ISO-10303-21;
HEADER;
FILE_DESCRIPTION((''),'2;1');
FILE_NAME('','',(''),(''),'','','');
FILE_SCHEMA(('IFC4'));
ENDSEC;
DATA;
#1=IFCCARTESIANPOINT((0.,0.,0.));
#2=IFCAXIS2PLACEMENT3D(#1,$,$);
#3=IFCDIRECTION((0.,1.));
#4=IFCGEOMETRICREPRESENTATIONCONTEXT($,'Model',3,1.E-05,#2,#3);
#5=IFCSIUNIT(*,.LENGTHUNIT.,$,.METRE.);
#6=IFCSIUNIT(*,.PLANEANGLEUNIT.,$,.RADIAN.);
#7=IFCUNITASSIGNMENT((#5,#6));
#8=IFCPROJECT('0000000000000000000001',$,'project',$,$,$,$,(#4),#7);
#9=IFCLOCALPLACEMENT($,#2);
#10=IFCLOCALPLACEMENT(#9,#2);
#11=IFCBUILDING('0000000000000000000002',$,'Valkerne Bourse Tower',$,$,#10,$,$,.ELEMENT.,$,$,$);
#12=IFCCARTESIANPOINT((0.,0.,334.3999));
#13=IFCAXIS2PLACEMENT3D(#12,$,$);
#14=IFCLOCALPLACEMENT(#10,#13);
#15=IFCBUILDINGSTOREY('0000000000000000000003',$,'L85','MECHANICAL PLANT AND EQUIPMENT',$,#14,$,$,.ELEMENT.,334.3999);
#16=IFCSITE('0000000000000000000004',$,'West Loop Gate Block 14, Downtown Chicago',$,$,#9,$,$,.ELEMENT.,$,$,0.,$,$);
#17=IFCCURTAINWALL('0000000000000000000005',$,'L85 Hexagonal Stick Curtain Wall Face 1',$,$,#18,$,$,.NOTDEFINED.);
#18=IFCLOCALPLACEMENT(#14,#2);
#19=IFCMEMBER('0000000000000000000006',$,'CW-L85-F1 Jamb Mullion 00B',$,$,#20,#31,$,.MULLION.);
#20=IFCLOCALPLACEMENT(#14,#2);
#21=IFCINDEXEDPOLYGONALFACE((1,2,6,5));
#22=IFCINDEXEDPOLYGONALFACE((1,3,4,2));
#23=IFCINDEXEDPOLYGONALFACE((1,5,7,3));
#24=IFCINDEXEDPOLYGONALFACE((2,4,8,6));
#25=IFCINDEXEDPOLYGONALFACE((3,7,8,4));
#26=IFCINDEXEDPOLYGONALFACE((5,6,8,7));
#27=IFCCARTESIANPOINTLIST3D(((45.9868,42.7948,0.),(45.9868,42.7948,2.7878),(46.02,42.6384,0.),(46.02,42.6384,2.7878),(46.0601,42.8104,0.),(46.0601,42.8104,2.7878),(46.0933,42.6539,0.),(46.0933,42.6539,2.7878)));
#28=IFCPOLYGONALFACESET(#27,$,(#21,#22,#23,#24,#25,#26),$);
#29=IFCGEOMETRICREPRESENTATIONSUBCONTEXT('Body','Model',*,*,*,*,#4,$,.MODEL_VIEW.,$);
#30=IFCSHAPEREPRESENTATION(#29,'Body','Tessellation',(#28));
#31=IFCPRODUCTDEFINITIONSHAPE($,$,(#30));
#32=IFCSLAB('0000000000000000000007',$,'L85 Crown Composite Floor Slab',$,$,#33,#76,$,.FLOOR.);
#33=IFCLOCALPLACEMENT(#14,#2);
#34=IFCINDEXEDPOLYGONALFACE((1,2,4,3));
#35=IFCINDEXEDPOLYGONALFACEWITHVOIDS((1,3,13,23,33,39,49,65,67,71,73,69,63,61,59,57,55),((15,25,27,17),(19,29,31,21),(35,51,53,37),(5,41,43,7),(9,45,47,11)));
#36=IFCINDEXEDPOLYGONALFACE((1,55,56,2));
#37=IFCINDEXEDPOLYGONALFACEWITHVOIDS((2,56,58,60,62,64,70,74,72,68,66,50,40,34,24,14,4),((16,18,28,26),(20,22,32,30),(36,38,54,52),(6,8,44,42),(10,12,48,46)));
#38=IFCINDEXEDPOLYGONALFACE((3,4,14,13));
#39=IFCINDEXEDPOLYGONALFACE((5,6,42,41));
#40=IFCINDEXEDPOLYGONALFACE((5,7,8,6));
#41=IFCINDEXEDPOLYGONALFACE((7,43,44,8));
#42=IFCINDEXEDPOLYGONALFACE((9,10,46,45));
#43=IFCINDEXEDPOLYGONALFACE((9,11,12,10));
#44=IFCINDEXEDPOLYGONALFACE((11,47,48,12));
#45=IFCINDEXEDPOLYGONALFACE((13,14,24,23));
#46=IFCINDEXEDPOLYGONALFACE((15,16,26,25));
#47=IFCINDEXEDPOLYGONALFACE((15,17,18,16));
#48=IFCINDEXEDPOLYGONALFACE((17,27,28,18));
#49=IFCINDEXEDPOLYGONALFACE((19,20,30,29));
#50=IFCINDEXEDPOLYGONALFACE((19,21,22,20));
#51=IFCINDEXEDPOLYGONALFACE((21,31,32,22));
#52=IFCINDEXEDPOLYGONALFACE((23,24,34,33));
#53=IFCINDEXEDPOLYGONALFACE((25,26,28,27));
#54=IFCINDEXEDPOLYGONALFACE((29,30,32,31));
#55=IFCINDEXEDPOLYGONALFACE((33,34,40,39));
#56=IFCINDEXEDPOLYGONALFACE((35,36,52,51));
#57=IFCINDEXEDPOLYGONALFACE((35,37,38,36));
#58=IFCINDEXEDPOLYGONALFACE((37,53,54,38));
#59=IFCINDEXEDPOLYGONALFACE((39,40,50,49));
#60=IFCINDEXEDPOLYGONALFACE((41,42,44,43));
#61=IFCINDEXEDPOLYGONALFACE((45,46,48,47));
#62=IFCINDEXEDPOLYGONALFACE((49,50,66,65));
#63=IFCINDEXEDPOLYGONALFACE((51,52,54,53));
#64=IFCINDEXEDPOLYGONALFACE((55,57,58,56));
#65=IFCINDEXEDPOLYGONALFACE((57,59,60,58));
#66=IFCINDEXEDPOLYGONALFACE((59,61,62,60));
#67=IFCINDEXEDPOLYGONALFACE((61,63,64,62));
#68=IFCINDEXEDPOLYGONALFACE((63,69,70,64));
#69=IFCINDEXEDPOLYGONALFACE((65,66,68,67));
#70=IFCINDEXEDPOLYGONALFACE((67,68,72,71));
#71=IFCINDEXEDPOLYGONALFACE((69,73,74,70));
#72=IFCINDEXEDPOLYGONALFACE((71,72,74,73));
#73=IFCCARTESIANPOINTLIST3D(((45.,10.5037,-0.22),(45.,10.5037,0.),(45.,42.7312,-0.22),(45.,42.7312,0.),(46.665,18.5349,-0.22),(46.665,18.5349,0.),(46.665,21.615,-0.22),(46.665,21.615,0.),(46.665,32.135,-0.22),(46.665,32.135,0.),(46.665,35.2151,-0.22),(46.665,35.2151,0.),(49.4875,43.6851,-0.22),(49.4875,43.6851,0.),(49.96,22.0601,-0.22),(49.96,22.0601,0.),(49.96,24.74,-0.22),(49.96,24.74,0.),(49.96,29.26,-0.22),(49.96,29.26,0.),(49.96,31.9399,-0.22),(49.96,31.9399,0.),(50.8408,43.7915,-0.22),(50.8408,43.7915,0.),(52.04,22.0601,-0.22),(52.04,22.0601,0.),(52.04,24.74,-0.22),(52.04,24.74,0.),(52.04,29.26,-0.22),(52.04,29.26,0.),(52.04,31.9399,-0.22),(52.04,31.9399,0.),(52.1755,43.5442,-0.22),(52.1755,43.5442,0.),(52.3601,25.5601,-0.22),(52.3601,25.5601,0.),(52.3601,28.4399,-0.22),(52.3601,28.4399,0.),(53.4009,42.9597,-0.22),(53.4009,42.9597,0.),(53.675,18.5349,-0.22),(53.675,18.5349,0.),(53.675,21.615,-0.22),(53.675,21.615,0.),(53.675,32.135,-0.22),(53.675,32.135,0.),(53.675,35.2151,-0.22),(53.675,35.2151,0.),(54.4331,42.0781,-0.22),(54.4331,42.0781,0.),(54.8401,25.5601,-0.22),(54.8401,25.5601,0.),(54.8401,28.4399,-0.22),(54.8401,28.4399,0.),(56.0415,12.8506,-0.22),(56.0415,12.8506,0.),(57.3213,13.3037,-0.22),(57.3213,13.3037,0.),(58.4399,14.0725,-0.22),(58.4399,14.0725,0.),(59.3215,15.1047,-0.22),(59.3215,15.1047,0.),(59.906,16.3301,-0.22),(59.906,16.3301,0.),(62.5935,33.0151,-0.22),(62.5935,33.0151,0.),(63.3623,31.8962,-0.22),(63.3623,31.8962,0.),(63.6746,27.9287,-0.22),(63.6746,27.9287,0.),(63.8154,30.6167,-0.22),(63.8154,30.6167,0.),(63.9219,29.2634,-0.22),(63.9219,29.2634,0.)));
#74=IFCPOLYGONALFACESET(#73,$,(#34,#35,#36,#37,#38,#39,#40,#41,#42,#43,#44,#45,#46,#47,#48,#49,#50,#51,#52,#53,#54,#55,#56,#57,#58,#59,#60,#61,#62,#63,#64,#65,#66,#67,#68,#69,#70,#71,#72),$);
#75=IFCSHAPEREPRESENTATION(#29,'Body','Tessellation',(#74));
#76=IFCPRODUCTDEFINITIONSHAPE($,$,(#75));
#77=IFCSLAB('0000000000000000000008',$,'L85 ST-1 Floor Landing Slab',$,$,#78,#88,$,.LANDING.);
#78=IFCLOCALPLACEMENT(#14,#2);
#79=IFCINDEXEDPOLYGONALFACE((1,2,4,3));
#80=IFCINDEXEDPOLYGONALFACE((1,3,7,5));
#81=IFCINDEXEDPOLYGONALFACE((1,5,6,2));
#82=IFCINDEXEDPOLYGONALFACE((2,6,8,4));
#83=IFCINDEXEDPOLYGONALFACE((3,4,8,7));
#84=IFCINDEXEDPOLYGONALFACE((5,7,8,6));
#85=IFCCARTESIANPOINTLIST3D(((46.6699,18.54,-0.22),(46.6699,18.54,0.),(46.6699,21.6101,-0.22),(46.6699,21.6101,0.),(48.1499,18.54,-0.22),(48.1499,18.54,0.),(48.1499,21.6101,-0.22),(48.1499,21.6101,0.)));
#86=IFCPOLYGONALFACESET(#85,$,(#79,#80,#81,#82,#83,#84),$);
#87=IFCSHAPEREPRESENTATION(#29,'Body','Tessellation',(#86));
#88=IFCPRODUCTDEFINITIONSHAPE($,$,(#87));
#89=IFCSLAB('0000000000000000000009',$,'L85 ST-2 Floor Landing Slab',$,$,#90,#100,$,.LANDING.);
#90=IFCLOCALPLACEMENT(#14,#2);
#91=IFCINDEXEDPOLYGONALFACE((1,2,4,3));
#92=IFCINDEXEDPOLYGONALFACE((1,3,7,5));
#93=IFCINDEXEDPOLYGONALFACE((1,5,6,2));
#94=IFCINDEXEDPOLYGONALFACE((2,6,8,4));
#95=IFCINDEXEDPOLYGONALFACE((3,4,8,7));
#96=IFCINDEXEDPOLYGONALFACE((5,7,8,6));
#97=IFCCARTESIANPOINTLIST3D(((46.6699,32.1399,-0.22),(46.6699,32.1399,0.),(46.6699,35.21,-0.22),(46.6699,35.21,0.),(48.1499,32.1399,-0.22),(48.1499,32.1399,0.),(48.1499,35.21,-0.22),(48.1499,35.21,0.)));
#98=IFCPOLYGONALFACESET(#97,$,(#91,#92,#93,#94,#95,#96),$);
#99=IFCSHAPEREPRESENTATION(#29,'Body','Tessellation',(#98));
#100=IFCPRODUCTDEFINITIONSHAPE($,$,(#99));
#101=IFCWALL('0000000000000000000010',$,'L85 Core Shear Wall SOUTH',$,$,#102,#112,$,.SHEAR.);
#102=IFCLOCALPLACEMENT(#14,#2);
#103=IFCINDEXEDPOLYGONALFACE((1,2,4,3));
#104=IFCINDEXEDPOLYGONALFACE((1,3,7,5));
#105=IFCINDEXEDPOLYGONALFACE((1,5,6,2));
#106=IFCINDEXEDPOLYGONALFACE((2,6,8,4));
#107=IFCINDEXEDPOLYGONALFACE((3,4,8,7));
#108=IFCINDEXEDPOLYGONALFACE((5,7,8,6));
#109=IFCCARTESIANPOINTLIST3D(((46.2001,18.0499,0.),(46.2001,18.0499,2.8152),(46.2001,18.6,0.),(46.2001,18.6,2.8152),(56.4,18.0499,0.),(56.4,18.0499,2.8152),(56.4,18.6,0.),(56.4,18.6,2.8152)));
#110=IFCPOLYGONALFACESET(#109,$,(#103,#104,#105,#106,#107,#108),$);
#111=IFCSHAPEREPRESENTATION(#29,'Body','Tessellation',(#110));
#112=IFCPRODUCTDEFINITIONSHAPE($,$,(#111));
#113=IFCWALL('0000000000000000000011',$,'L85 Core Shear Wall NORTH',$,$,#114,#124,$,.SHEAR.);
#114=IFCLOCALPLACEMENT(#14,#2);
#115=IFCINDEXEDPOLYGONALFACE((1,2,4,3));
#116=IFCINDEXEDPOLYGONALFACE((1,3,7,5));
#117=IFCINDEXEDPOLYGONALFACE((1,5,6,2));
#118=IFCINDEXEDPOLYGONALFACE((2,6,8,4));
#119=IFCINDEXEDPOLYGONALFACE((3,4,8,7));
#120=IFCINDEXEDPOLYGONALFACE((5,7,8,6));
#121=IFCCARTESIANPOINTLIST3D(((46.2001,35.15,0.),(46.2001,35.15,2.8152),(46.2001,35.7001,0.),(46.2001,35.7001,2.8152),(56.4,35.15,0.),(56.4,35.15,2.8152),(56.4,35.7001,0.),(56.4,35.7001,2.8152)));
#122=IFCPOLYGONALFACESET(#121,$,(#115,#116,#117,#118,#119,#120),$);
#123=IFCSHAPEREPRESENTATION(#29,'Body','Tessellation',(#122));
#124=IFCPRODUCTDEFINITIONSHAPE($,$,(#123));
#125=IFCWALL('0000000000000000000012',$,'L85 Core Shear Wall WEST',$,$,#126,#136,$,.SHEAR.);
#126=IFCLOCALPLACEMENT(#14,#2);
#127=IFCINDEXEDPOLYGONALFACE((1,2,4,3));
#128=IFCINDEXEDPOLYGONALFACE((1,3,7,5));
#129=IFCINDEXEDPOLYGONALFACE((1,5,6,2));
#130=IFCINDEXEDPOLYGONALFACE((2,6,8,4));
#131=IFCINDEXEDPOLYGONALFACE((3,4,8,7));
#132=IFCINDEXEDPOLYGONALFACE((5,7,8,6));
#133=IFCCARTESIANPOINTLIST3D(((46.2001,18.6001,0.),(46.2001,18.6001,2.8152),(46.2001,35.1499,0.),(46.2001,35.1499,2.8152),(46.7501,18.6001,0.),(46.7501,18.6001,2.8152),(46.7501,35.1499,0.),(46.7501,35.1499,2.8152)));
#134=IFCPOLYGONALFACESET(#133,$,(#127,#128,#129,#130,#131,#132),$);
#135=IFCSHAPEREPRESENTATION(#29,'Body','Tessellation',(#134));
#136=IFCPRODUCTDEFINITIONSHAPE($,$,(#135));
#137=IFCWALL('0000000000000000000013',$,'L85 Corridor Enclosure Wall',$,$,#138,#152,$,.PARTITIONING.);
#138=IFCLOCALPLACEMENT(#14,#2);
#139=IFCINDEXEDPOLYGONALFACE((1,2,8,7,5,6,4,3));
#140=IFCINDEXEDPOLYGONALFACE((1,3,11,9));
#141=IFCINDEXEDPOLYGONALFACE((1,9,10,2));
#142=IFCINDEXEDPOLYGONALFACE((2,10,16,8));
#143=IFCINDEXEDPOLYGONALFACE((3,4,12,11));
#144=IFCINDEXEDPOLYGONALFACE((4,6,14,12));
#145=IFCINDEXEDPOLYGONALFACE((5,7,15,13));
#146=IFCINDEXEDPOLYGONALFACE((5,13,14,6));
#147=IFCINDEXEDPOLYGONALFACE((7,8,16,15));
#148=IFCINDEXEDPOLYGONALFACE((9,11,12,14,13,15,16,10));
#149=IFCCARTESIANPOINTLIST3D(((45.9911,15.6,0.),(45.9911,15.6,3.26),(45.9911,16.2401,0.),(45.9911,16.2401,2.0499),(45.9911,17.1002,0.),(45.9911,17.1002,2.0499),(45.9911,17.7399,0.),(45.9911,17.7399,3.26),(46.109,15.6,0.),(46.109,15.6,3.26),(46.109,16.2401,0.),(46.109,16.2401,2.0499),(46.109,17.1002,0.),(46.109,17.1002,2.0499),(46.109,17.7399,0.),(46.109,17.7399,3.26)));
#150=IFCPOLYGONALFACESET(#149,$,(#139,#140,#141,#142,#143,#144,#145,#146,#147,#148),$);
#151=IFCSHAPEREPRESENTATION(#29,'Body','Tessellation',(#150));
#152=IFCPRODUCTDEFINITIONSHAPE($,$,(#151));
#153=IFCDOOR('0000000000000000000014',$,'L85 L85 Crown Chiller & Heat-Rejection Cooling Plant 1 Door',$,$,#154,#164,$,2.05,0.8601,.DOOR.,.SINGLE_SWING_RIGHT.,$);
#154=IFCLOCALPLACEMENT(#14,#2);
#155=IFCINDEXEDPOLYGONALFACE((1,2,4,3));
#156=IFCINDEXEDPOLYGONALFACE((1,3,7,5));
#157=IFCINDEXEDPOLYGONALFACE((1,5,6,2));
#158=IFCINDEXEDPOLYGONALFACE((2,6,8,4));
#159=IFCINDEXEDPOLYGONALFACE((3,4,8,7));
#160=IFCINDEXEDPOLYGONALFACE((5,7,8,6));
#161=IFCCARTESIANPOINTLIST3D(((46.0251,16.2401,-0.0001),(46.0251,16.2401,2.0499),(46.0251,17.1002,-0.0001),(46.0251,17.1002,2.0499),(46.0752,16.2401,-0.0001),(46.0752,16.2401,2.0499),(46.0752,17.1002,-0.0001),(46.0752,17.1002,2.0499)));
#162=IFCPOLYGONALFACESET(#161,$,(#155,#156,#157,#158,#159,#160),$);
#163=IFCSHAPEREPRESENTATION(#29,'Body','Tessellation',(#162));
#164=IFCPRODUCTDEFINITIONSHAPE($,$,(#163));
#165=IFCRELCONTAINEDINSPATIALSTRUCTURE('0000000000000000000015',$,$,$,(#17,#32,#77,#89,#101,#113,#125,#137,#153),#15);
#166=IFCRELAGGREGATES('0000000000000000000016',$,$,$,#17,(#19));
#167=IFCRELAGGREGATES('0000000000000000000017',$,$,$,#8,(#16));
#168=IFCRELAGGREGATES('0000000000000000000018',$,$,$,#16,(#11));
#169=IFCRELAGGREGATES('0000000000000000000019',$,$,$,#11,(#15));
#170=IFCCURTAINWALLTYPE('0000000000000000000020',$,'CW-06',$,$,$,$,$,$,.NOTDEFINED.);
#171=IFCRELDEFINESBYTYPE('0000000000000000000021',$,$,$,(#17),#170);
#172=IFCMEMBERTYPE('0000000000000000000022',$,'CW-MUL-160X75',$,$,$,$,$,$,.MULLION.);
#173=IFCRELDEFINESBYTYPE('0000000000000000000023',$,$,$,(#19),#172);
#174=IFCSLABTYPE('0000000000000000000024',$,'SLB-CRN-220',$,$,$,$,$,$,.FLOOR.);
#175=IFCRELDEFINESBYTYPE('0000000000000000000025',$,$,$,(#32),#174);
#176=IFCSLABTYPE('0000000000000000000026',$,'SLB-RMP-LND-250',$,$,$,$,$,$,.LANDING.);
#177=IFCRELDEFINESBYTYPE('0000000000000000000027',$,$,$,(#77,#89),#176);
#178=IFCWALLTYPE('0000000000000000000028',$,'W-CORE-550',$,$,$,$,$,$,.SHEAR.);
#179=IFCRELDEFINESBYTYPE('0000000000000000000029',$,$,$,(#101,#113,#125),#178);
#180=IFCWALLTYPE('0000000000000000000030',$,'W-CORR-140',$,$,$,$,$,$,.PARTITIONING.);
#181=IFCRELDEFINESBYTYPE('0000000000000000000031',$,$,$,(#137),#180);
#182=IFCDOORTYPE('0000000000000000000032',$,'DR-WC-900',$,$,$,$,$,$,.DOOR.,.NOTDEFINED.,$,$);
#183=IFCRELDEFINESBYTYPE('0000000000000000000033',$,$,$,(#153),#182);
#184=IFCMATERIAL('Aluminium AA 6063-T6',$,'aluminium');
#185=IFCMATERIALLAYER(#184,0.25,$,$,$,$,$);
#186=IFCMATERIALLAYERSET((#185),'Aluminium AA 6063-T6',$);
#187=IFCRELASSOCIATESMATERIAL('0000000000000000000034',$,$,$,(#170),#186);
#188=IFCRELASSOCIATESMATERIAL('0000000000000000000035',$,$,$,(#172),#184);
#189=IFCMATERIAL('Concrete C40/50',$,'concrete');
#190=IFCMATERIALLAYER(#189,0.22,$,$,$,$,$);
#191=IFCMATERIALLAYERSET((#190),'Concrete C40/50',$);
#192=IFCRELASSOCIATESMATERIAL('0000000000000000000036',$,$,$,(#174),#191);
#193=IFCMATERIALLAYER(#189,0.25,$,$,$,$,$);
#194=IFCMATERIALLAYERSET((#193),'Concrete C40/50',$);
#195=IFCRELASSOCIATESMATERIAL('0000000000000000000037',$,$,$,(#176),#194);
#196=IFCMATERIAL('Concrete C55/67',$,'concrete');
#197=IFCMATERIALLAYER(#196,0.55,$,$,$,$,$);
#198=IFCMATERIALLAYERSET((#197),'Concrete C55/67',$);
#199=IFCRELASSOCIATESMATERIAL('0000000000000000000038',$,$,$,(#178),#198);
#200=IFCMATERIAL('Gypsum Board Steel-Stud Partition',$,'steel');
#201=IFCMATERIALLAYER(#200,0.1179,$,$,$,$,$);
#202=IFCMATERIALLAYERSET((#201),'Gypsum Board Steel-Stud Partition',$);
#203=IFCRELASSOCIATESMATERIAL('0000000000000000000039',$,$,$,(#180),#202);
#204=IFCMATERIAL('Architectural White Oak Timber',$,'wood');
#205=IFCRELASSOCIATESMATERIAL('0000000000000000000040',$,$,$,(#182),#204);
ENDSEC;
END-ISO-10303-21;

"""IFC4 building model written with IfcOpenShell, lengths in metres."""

from ifc_helpers import new_model, si_unit, direction, frame, frame_2d, origin, origin_2d, place, context, subcontext, project, spatial, polyline, rectangle, outline, extrude, material, layer, layer_set, material_profile, profile_set, type_object, element, fill, aggregate, save


model = new_model("IFC4")

# Units and contexts
model_context = context("Model", 3, precision=1e-05, world=origin(), true_north=direction((0.0, 1.0)))
body_context = subcontext(model_context, "Body", "Model", "MODEL_VIEW")
ifc_project = project(units=[si_unit("LENGTHUNIT", "METRE"), si_unit("PLANEANGLEUNIT", "RADIAN")], contexts=[model_context])

# Site, building, storey
site_placement = place(None, origin())
site = spatial("IfcSite", under=ifc_project, at=site_placement, Name="West Loop Gate Block 14, Downtown Chicago", CompositionType="ELEMENT", RefElevation=0.0)
building_placement = place(site_placement, origin())
building = spatial("IfcBuilding", under=site, at=building_placement, Name="Valkerne Bourse Tower", CompositionType="ELEMENT")
storey_placement = place(building_placement, frame((0.0, 0.0, 334.3999)))
storey = spatial("IfcBuildingStorey", under=building, at=storey_placement, Name="L85", Description="MECHANICAL PLANT AND EQUIPMENT", CompositionType="ELEMENT", Elevation=334.3999)

# Curtain wall, member
ifc_material_1 = material(Name="Aluminium AA 6063-T6", Category="aluminium")
ifc_layer_1 = layer(ifc_material_1, 0.25)
ifc_layer_set_1 = layer_set([ifc_layer_1], Name="Aluminium AA 6063-T6")
curtain_wall_type = type_object("IfcCurtainWallType", Name="CW-06", PredefinedType="NOTDEFINED", material=ifc_layer_set_1)
curtain_wall_placement = place(storey_placement, origin())
curtain_wall = element("IfcCurtainWall", 1, at=curtain_wall_placement, inside=storey, type_object=curtain_wall_type, Name="L85 Hexagonal Stick Curtain Wall Face 1", PredefinedType="NOTDEFINED")
ifc_material_profile = material_profile(ifc_material_1, rectangle(XDim=0.075, YDim=0.1599, at=origin_2d()), Name="CWM-75X160")
ifc_profile_set = profile_set([ifc_material_profile], Name="Aluminium AA 6063-T6")
member_type = type_object("IfcMemberType", Name="CW-MUL-160X75", PredefinedType="MULLION", material=ifc_profile_set)
member_placement = place(storey_placement, frame((46.04, 42.7244, 0.0), z_axis=(0.0, 0.0, 1.0), x_axis=(-0.978148, -0.207909, 0.0)))
member = element("IfcMember", 2, at=member_placement, type_object=member_type, Name="CW-L85-F1 Jamb Mullion 00B", PredefinedType="MULLION", context=body_context, shape_type="SweptSolid", body=[
    extrude(rectangle(XDim=0.075, YDim=0.1599, at=origin_2d()), origin(), (0.0, 0.0, 1.0), 2.7878),
])
aggregate(curtain_wall, [member])

# Slabs
ifc_material_2 = material(Name="Concrete C40/50", Category="concrete")
ifc_layer_2 = layer(ifc_material_2, 0.22)
ifc_layer_set_2 = layer_set([ifc_layer_2], Name="Concrete C40/50")
slab_type_1 = type_object("IfcSlabType", Name="SLB-CRN-220", PredefinedType="FLOOR", material=ifc_layer_set_2)
slab_1_placement = place(storey_placement, frame((0.0, 0.0, -0.22)))
element("IfcSlab", 3, at=slab_1_placement, inside=storey, type_object=slab_type_1, Name="L85 Crown Composite Floor Slab", PredefinedType="FLOOR", context=body_context, shape_type="SweptSolid", body=[
    extrude(outline(polyline([(49.4875, 43.6851), (50.8408, 43.7915), (52.1755, 43.5442), (53.4009, 42.9597), (54.4331, 42.0781), (62.5935, 33.0151), (63.3623, 31.8962), (63.8154, 30.6167), (63.9219, 29.2634), (63.6746, 27.9287), (59.906, 16.3301), (59.3215, 15.1047), (58.4399, 14.0725), (57.3213, 13.3037), (56.0415, 12.8506), (45.0, 10.5037), (45.0, 42.7312), (49.4875, 43.6851)]), holes=[polyline([(53.675, 18.5349), (46.665, 18.5349), (46.665, 21.615), (53.675, 21.615), (53.675, 18.5349)]), polyline([(46.665, 32.135), (46.665, 35.2151), (53.675, 35.2151), (53.675, 32.135), (46.665, 32.135)]), polyline([(52.04, 22.0601), (49.96, 22.0601), (49.96, 24.74), (52.04, 24.74), (52.04, 22.0601)]), polyline([(49.96, 29.26), (49.96, 31.9399), (52.04, 31.9399), (52.04, 29.26), (49.96, 29.26)]), polyline([(54.8401, 25.5601), (52.3601, 25.5601), (52.3601, 28.4399), (54.8401, 28.4399), (54.8401, 25.5601)])]), origin(), (0.0, 0.0, 1.0), 0.22),
])
ifc_layer_3 = layer(ifc_material_2, 0.25)
ifc_layer_set_3 = layer_set([ifc_layer_3], Name="Concrete C40/50")
slab_type_2 = type_object("IfcSlabType", Name="SLB-RMP-LND-250", PredefinedType="LANDING", material=ifc_layer_set_3)
slab_2_placement = place(storey_placement, frame((0.0, 0.0, -0.22)))
element("IfcSlab", 4, at=slab_2_placement, inside=storey, type_object=slab_type_2, Name="L85 ST-1 Floor Landing Slab", PredefinedType="LANDING", context=body_context, shape_type="SweptSolid", body=[
    extrude(outline(polyline([(46.6699, 18.54), (48.1499, 18.54), (48.1499, 21.6101), (46.6699, 21.6101), (46.6699, 18.54)])), origin(), (0.0, 0.0, 1.0), 0.22),
])
slab_3_placement = place(storey_placement, frame((0.0, 0.0, -0.22)))
element("IfcSlab", 5, at=slab_3_placement, inside=storey, type_object=slab_type_2, Name="L85 ST-2 Floor Landing Slab", PredefinedType="LANDING", context=body_context, shape_type="SweptSolid", body=[
    extrude(outline(polyline([(46.6699, 32.1399), (48.1499, 32.1399), (48.1499, 35.21), (46.6699, 35.21), (46.6699, 32.1399)])), origin(), (0.0, 0.0, 1.0), 0.22),
])

# Walls
ifc_material_3 = material(Name="Concrete C55/67", Category="concrete")
ifc_layer_4 = layer(ifc_material_3, 0.55)
ifc_layer_set_4 = layer_set([ifc_layer_4], Name="Concrete C55/67")
wall_type_1 = type_object("IfcWallType", Name="W-CORE-550", PredefinedType="SHEAR", material=ifc_layer_set_4)
for number, where, z_axis, x_axis, name in (
    (6, (46.2, 18.325, 0.0), (0.0, 0.0, 1.0), (1.0, 0.0, 0.0), "L85 Core Shear Wall SOUTH"),
    (7, (46.2, 35.425, 0.0), (0.0, 0.0, 1.0), (1.0, 0.0, 0.0), "L85 Core Shear Wall NORTH"),
):
    element("IfcWall", number, at=place(storey_placement, frame(where, z_axis=z_axis, x_axis=x_axis)), inside=storey, type_object=wall_type_1, Name=name, PredefinedType="SHEAR", context=body_context, shape_type="SweptSolid", body=[
        extrude(rectangle(XDim=10.2, YDim=0.55, at=frame_2d((5.1001, 0.0))), origin(), (0.0, 0.0, 1.0), 2.8152),
    ])
wall_1_placement = place(storey_placement, frame((46.4751, 18.6001, 0.0), z_axis=(0.0, 0.0, 1.0), x_axis=(0.0, 1.0, 0.0)))
element("IfcWall", 8, at=wall_1_placement, inside=storey, type_object=wall_type_1, Name="L85 Core Shear Wall WEST", PredefinedType="SHEAR", context=body_context, shape_type="SweptSolid", body=[
    extrude(rectangle(XDim=16.5498, YDim=0.55, at=frame_2d((8.2749, 0.0))), origin(), (0.0, 0.0, 1.0), 2.8152),
])

# Wall, opening, door
ifc_material_4 = material(Name="Gypsum Board Steel-Stud Partition", Category="steel")
ifc_layer_5 = layer(ifc_material_4, 0.1179)
ifc_layer_set_5 = layer_set([ifc_layer_5], Name="Gypsum Board Steel-Stud Partition")
wall_type_2 = type_object("IfcWallType", Name="W-CORR-140", PredefinedType="PARTITIONING", material=ifc_layer_set_5)
wall_2_placement = place(storey_placement, frame((46.05, 15.6001, 0.0), z_axis=(0.0, 0.0, 1.0), x_axis=(0.0, 1.0, 0.0)))
wall_2 = element("IfcWall", 9, at=wall_2_placement, inside=storey, type_object=wall_type_2, Name="L85 Corridor Enclosure Wall", PredefinedType="PARTITIONING", context=body_context, shape_type="SweptSolid", body=[
    extrude(rectangle(XDim=2.1399, YDim=0.1179, at=frame_2d((1.0698, 0.0))), origin(), (0.0, 0.0, 1.0), 3.26),
])
opening_1_placement = place(wall_2_placement, frame((0.6399, 0.0, 0.0)))
opening_1 = element("IfcOpeningElement", 10, at=opening_1_placement, cuts=wall_2, PredefinedType="OPENING", context=body_context, shape_type="SweptSolid", body=[
    extrude(rectangle(XDim=0.8601, YDim=2.05, at=frame_2d((0.4302, 1.0249))), frame((0.0, 0.0688, 0.0), z_axis=(0.0, -1.0, 0.0), x_axis=(1.0, 0.0, 0.0)), (0.0, 0.0, 1.0), 0.1379),
])
ifc_material_5 = material(Name="Architectural White Oak Timber", Category="wood")
door_type_1 = type_object("IfcDoorType", Name="DR-WC-900", OperationType="NOTDEFINED", PredefinedType="DOOR", material=ifc_material_5)
door_1_placement = place(opening_1_placement, origin())
door_1 = element("IfcDoor", 11, at=door_1_placement, inside=storey, type_object=door_type_1, Name="L85 L85 Crown Chiller & Heat-Rejection Cooling Plant 1 Door", OperationType="SINGLE_SWING_RIGHT", OverallHeight=2.05, OverallWidth=0.8601, PredefinedType="DOOR", context=body_context, shape_type="SweptSolid", body=[
    extrude(rectangle(XDim=0.8601, YDim=2.05, at=frame_2d((0.4302, 1.0249))), frame((0.0, 0.0249, 0.0), z_axis=(0.0, -1.0, 0.0), x_axis=(1.0, 0.0, 0.0)), (0.0, 0.0, 1.0), 0.05),
])
fill(opening_1, door_1)

save(model, "model.ifc")
